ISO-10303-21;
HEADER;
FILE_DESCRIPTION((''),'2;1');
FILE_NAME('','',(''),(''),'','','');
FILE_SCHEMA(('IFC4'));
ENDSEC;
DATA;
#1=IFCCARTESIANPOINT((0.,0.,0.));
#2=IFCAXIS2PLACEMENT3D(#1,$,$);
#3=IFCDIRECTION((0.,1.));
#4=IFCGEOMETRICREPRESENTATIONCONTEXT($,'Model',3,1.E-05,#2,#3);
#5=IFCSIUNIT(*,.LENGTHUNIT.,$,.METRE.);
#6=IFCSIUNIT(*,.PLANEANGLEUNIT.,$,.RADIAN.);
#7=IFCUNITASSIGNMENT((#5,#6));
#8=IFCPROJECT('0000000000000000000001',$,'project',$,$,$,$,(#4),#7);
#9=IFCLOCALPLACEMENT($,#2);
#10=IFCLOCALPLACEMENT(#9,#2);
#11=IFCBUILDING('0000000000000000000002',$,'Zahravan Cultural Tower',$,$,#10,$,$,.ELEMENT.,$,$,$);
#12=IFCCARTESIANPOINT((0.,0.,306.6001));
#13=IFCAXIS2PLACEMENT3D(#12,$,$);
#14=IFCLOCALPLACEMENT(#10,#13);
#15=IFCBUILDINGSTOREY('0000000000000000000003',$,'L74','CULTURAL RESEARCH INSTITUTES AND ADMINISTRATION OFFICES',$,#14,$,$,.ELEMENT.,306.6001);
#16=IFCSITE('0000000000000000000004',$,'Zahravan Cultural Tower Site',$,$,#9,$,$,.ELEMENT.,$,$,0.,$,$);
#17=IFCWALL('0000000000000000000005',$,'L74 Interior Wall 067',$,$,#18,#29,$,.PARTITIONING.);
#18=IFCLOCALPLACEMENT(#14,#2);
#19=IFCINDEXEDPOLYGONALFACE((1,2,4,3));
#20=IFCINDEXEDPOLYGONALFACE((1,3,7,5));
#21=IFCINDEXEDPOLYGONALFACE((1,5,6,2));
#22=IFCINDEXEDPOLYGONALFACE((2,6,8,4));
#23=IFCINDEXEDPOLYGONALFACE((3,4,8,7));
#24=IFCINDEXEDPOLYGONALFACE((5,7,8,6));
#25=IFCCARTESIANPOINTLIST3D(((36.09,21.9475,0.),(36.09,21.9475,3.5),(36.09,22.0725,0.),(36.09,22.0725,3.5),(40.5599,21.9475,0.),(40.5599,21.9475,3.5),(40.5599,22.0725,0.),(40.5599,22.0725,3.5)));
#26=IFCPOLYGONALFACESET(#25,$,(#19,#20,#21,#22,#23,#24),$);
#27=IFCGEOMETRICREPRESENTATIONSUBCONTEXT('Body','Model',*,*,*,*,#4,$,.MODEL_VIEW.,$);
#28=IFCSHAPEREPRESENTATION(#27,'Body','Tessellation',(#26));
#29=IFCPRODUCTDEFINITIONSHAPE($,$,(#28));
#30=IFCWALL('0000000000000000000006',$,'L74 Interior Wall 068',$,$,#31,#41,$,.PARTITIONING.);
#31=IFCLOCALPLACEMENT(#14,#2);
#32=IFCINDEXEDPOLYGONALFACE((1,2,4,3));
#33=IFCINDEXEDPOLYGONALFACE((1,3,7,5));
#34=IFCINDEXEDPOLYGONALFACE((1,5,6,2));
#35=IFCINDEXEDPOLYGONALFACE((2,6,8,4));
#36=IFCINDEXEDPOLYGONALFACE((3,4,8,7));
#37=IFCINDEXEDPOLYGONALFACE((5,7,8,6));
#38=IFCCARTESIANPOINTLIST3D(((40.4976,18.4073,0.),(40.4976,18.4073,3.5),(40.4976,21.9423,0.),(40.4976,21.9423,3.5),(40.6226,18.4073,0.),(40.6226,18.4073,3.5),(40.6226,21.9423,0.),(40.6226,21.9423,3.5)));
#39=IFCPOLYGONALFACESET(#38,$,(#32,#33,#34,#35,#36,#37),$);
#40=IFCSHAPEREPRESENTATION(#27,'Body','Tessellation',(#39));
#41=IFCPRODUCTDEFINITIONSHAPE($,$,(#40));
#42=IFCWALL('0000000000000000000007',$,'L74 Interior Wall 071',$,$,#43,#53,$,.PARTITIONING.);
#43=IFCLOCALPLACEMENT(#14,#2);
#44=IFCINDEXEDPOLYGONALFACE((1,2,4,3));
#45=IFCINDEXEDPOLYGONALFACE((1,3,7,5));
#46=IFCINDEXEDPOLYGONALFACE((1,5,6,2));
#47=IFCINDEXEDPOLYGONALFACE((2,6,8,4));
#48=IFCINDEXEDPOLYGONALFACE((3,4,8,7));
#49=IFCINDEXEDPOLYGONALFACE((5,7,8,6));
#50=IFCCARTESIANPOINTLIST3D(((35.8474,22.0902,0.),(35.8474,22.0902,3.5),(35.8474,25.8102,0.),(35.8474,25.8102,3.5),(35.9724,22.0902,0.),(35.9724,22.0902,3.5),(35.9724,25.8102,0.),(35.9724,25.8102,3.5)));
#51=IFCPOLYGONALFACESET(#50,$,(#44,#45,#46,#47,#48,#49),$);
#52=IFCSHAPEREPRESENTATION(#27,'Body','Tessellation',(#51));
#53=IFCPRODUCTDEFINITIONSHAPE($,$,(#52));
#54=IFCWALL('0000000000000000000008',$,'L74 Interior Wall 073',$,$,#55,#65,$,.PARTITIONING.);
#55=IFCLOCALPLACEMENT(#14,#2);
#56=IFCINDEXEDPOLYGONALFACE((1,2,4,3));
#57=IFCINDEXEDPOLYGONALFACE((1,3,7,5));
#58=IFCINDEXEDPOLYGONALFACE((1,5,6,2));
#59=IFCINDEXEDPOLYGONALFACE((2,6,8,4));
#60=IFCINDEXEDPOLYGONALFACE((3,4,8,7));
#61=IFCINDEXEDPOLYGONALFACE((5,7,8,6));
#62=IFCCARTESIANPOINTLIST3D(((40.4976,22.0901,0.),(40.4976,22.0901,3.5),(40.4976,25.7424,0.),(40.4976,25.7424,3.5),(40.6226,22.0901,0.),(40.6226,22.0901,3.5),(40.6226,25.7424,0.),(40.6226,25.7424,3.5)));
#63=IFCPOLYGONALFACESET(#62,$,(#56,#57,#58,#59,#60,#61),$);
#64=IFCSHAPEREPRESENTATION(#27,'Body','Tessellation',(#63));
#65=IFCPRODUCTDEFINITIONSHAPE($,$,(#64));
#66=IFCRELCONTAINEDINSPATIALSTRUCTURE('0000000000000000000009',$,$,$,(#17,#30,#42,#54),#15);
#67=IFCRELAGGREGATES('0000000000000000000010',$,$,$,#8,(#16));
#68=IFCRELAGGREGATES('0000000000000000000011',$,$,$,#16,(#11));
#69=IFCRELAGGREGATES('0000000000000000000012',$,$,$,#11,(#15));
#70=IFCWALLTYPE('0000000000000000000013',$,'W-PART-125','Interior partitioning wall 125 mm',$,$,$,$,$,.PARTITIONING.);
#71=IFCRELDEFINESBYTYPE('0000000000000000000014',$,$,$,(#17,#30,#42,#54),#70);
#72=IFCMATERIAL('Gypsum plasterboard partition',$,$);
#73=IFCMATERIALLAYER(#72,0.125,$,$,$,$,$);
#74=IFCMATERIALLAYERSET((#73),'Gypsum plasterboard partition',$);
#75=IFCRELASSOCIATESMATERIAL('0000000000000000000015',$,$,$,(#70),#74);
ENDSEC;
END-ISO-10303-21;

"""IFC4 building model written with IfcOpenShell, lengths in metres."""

from ifc_helpers import new_model, si_unit, direction, frame, frame_2d, origin, place, context, subcontext, project, spatial, rectangle, extrude, source, transform, mapped, material, layer, layer_set, type_object, element, save


model = new_model("IFC4")

# Units and contexts
model_context = context("Model", 3, precision=1e-05, world=origin(), true_north=direction((0.0, 1.0)))
body_context = subcontext(model_context, "Body", "Model", "MODEL_VIEW")
ifc_project = project(units=[si_unit("LENGTHUNIT", "METRE"), si_unit("PLANEANGLEUNIT", "RADIAN")], contexts=[model_context])

# Site, building, storey
site_placement = place(None, origin())
site = spatial("IfcSite", under=ifc_project, at=site_placement, Name="Zahravan Cultural Tower Site", CompositionType="ELEMENT", RefElevation=0.0)
building_placement = place(site_placement, origin())
building = spatial("IfcBuilding", under=site, at=building_placement, Name="Zahravan Cultural Tower", CompositionType="ELEMENT")
storey_placement = place(building_placement, frame((0.0, 0.0, 306.6001)))
storey = spatial("IfcBuildingStorey", under=building, at=storey_placement, Name="L74", Description="CULTURAL RESEARCH INSTITUTES AND ADMINISTRATION OFFICES", CompositionType="ELEMENT", Elevation=306.6001)

# Shared definitions
ifc_material_1 = material(Name="Gypsum plasterboard partition")
ifc_layer_1 = layer(ifc_material_1, 0.125)
ifc_layer_set_1 = layer_set([ifc_layer_1], Name="Gypsum plasterboard partition")
wall_type_1 = type_object("IfcWallType", Name="W-PART-125", Description="Interior partitioning wall 125 mm", PredefinedType="PARTITIONING", material=ifc_layer_set_1)

# Walls
shared_shape_1 = source(origin(), body_context, "Body", "SweptSolid", [
    extrude(rectangle(XDim=4.47, YDim=0.125, at=frame_2d((2.2349, 0.0))), origin(), (0.0, 0.0, 1.0), 3.5),
])
wall_1_placement = place(storey_placement, frame((36.0901, 22.01, 0.0), z_axis=(0.0, 0.0, 1.0), x_axis=(1.0, 0.0, 0.0)))
element("IfcWall", 1, at=wall_1_placement, inside=storey, type_object=wall_type_1, Name="L74 Interior Wall 067", PredefinedType="PARTITIONING", context=body_context, shape_type="MappedRepresentation", body=[
    mapped(shared_shape_1, transform((0.0, 0.0, 0.0), x_axis=(1.0, 0.0, 0.0), y_axis=(0.0, 1.0, 0.0), z_axis=(0.0, 0.0, 1.0), scale=1.0)),
])
shared_shape_2 = source(origin(), body_context, "Body", "SweptSolid", [
    extrude(rectangle(XDim=3.5349, YDim=0.125, at=frame_2d((1.7676, 0.0))), origin(), (0.0, 0.0, 1.0), 3.5),
])
wall_2_placement = place(storey_placement, frame((40.5601, 21.9424, 0.0), z_axis=(0.0, 0.0, 1.0), x_axis=(0.0, -1.0, 0.0)))
element("IfcWall", 2, at=wall_2_placement, inside=storey, type_object=wall_type_1, Name="L74 Interior Wall 068", PredefinedType="PARTITIONING", context=body_context, shape_type="MappedRepresentation", body=[
    mapped(shared_shape_2, transform((0.0, 0.0, 0.0), x_axis=(1.0, 0.0, 0.0), y_axis=(0.0, 1.0, 0.0), z_axis=(0.0, 0.0, 1.0), scale=1.0)),
])
shared_shape_3 = source(origin(), body_context, "Body", "SweptSolid", [
    extrude(rectangle(XDim=3.72, YDim=0.125, at=frame_2d((1.8599, 0.0))), origin(), (0.0, 0.0, 1.0), 3.5),
])
wall_3_placement = place(storey_placement, frame((35.9099, 25.8101, 0.0), z_axis=(0.0, 0.0, 1.0), x_axis=(0.0, -1.0, 0.0)))
element("IfcWall", 3, at=wall_3_placement, inside=storey, type_object=wall_type_1, Name="L74 Interior Wall 071", PredefinedType="PARTITIONING", context=body_context, shape_type="MappedRepresentation", body=[
    mapped(shared_shape_3, transform((0.0, 0.0, 0.0), x_axis=(1.0, 0.0, 0.0), y_axis=(0.0, 1.0, 0.0), z_axis=(0.0, 0.0, 1.0), scale=1.0)),
])
shared_shape_4 = source(origin(), body_context, "Body", "SweptSolid", [
    extrude(rectangle(XDim=3.6523, YDim=0.125, at=frame_2d((1.8262, 0.0))), origin(), (0.0, 0.0, 1.0), 3.5),
])
wall_4_placement = place(storey_placement, frame((40.5601, 25.7424, 0.0), z_axis=(0.0, 0.0, 1.0), x_axis=(0.0, -1.0, 0.0)))
element("IfcWall", 4, at=wall_4_placement, inside=storey, type_object=wall_type_1, Name="L74 Interior Wall 073", PredefinedType="PARTITIONING", context=body_context, shape_type="MappedRepresentation", body=[
    mapped(shared_shape_4, transform((0.0, 0.0, 0.0), x_axis=(1.0, 0.0, 0.0), y_axis=(0.0, 1.0, 0.0), z_axis=(0.0, 0.0, 1.0), scale=1.0)),
])

save(model, "model.ifc")
